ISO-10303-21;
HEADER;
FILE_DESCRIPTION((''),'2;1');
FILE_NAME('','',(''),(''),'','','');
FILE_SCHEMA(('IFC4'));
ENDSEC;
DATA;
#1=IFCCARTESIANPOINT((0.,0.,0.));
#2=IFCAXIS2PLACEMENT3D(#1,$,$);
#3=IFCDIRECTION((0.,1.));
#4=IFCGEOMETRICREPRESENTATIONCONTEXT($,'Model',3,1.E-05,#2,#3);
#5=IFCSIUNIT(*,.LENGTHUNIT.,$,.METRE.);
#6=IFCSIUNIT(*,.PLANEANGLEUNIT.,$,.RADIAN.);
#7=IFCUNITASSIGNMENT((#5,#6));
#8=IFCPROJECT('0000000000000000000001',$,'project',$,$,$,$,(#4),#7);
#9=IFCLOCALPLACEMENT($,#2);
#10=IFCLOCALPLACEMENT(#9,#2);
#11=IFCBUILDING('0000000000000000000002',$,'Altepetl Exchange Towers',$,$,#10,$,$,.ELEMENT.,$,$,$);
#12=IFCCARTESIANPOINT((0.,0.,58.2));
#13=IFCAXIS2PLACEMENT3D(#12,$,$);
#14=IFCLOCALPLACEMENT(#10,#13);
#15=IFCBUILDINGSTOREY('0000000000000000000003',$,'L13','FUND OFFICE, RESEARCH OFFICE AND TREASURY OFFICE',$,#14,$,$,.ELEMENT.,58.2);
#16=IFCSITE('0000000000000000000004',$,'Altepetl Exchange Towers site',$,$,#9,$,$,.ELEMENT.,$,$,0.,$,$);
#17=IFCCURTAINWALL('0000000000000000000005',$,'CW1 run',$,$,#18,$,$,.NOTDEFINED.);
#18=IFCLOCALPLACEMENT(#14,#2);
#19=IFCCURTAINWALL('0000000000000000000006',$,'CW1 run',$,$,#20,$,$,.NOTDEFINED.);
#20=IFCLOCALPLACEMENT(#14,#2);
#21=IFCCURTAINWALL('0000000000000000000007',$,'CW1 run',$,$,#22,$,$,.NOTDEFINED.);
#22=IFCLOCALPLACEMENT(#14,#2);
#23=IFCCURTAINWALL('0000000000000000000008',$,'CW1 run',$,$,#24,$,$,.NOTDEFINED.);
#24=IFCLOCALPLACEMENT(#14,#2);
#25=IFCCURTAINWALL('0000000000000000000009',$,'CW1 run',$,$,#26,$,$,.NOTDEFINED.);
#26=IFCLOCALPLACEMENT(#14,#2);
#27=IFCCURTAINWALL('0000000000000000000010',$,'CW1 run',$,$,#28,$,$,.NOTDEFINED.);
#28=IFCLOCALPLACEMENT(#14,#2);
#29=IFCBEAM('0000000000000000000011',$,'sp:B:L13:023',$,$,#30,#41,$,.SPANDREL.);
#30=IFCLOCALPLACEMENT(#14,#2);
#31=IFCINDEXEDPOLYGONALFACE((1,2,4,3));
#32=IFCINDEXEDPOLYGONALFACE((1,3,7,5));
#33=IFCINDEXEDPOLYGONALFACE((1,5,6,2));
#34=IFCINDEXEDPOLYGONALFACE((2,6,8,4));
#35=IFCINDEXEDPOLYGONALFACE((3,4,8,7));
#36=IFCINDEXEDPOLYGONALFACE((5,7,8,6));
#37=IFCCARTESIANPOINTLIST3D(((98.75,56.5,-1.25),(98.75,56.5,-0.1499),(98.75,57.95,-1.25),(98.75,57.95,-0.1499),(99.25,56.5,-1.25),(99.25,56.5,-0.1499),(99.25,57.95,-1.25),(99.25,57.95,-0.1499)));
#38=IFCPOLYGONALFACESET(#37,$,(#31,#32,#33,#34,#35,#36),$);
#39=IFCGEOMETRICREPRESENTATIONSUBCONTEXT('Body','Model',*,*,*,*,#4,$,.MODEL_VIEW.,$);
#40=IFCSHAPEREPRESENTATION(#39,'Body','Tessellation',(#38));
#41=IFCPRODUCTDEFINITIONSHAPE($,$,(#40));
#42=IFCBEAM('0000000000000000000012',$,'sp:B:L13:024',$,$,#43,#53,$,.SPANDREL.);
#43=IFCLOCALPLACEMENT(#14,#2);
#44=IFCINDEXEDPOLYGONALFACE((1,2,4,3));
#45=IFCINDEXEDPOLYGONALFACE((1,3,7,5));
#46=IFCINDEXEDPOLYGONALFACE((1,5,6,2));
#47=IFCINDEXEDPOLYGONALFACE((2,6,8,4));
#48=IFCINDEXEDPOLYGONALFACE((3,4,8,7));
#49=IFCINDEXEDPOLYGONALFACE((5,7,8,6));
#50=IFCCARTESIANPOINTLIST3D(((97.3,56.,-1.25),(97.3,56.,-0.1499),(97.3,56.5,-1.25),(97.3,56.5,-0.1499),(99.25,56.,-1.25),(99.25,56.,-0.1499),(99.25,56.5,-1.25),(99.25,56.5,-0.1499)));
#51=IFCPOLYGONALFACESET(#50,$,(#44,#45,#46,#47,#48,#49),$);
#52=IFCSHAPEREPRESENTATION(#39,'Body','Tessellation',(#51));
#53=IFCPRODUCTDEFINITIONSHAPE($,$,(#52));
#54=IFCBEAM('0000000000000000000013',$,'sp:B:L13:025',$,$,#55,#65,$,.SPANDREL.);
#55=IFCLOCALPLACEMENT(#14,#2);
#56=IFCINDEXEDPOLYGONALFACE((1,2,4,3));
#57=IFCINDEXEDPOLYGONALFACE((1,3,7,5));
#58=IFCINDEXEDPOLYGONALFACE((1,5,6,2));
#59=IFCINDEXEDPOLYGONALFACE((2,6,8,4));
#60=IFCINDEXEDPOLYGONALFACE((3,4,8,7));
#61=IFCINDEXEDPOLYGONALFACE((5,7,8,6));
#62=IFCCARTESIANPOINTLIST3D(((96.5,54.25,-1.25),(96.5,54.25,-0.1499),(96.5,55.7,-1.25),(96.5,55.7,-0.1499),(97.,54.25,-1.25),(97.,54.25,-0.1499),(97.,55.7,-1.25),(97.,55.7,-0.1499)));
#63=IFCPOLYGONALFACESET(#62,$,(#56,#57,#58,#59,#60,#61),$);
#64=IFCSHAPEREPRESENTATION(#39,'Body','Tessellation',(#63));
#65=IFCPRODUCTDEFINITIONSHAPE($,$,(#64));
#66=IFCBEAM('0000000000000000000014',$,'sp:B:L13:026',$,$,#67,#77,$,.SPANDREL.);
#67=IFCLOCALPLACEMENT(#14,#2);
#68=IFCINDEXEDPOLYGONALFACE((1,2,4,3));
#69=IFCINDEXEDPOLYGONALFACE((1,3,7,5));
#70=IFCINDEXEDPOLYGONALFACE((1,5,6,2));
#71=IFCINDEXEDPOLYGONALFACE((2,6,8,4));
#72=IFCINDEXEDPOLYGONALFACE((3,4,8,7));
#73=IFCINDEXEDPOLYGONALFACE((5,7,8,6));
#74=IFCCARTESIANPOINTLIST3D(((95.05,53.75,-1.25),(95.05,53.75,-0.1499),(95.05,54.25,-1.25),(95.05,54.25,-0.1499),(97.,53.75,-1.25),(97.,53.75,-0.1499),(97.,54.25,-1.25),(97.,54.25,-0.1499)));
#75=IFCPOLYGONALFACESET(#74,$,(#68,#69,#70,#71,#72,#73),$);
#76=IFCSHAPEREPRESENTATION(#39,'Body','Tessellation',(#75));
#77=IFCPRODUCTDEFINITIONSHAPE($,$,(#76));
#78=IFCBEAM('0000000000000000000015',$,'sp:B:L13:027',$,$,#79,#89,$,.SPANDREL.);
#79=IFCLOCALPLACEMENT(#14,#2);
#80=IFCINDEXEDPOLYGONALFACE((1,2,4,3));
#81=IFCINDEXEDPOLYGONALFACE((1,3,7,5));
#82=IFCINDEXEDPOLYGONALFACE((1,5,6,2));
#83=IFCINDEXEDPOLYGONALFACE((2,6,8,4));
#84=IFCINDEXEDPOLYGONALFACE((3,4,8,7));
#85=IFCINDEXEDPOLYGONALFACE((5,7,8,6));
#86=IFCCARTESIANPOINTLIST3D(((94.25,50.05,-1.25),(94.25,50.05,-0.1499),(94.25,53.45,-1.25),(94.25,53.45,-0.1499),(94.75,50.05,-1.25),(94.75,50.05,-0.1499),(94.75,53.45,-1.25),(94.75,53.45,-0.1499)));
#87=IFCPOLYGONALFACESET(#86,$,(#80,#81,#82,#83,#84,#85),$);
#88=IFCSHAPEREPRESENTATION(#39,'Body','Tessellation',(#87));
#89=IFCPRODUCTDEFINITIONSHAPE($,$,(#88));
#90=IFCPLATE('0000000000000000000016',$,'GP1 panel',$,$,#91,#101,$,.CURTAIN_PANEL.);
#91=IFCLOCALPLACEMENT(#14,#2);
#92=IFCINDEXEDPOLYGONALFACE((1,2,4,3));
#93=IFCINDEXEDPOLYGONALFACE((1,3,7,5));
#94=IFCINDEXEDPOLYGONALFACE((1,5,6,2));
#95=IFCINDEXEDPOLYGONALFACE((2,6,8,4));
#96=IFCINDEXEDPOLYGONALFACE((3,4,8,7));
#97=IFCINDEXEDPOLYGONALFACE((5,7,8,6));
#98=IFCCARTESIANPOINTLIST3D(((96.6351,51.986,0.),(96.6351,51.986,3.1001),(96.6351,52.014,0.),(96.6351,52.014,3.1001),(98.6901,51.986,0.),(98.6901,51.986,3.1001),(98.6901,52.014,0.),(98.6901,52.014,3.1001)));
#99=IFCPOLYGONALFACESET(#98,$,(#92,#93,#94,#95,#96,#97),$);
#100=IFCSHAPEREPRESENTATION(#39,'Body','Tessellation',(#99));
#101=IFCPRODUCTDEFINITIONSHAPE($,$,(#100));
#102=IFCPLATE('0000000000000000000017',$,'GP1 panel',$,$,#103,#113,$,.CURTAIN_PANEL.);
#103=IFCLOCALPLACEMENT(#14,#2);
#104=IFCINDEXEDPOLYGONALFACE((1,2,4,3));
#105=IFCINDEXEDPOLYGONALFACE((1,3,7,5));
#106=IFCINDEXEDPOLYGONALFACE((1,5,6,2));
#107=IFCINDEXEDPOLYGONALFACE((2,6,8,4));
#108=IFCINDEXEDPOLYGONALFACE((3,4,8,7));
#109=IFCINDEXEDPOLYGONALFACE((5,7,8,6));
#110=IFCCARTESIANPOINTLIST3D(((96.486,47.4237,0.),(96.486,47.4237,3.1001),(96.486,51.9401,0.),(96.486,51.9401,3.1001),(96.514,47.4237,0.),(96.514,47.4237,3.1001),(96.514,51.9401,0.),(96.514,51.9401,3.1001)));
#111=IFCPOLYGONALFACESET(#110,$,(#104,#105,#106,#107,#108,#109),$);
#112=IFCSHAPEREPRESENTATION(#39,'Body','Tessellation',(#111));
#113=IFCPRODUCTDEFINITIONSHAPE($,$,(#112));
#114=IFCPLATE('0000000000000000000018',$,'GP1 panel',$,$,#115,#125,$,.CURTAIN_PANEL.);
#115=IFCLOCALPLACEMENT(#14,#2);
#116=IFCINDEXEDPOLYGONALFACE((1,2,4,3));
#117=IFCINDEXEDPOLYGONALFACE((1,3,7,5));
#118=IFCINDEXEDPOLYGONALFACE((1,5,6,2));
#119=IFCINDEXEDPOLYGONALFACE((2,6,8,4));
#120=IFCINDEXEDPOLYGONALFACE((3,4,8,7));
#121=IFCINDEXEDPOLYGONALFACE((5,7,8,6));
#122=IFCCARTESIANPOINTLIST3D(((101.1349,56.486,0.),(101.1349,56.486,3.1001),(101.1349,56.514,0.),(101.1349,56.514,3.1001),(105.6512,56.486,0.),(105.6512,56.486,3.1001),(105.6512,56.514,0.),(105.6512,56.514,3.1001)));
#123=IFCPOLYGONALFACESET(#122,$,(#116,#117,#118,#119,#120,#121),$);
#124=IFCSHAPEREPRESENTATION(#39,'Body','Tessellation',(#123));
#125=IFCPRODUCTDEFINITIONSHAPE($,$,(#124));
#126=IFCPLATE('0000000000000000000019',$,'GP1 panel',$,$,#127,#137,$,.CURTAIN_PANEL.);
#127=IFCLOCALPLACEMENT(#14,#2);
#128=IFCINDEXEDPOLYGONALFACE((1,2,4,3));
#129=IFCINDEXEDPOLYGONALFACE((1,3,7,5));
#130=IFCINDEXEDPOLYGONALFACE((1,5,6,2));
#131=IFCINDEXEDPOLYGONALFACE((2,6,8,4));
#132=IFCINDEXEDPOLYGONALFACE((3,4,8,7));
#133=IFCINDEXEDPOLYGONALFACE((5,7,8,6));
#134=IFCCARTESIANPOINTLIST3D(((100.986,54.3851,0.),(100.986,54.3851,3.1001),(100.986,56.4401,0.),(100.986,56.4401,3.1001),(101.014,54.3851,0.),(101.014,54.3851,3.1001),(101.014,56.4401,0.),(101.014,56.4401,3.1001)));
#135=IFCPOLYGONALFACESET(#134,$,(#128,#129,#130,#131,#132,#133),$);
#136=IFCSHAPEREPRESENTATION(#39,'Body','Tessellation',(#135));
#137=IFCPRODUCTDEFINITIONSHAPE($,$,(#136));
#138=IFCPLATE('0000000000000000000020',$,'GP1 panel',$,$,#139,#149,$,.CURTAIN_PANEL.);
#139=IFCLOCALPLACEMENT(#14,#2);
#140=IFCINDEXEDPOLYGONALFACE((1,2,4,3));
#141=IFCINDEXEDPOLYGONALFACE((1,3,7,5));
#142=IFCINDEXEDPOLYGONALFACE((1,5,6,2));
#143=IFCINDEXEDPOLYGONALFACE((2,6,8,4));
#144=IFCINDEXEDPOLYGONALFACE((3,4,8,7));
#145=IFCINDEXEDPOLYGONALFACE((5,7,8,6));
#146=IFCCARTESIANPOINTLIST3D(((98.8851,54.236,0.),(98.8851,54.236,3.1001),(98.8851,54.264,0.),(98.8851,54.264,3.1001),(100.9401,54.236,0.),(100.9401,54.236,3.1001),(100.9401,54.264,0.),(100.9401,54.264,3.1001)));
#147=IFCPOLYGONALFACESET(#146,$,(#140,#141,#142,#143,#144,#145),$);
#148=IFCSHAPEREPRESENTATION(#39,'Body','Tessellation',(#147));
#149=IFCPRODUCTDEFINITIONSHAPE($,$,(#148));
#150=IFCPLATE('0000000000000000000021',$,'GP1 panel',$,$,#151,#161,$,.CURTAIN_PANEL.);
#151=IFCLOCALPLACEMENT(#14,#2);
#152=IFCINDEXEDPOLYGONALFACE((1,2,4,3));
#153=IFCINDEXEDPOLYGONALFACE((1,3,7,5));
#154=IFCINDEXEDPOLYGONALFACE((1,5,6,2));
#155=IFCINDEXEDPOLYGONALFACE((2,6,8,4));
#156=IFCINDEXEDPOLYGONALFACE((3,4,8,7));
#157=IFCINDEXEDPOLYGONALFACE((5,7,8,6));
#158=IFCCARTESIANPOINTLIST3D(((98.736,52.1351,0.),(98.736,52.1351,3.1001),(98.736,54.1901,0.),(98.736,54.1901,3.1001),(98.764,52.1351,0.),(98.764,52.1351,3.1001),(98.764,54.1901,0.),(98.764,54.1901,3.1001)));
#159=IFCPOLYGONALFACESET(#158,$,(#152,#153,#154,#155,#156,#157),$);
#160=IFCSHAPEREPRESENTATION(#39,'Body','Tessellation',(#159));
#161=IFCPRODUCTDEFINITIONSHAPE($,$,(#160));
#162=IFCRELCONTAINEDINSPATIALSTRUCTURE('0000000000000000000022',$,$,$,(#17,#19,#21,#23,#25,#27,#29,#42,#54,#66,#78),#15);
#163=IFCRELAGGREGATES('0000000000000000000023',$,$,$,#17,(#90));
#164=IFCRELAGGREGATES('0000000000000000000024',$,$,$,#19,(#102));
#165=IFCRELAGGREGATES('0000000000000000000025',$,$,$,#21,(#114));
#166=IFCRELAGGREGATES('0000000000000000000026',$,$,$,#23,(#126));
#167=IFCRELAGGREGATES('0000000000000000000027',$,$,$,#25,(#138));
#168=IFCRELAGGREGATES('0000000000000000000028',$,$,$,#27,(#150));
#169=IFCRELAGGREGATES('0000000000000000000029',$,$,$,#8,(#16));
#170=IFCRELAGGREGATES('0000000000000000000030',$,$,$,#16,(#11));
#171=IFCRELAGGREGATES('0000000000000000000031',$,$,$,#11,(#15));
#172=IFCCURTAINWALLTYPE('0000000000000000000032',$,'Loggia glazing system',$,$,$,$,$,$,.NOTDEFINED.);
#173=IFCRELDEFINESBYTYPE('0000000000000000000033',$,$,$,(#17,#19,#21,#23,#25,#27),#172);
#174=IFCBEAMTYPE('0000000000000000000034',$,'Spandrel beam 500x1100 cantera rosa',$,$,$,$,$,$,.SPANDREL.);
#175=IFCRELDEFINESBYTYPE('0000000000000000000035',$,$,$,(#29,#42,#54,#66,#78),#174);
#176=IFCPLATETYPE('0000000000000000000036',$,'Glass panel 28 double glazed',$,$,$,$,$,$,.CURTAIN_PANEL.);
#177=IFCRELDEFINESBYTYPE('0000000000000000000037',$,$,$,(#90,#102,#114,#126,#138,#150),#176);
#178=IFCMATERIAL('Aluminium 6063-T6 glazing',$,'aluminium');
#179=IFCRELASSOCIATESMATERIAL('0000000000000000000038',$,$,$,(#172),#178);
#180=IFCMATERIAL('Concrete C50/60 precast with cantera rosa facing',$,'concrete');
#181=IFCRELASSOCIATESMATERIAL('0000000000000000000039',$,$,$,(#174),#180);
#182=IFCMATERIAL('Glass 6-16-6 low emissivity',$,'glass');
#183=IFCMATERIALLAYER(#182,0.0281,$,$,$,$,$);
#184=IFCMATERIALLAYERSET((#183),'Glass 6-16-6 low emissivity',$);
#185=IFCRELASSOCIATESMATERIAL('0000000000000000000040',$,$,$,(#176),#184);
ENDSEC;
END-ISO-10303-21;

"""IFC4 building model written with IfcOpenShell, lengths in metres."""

from ifc_helpers import new_model, si_unit, direction, frame, origin, origin_2d, place, context, subcontext, project, spatial, rectangle, extrude, material, layer, layer_set, material_profile, profile_set, type_object, element, aggregate, save


model = new_model("IFC4")

# Units and contexts
model_context = context("Model", 3, precision=1e-05, world=origin(), true_north=direction((0.0, 1.0)))
body_context = subcontext(model_context, "Body", "Model", "MODEL_VIEW")
ifc_project = project(units=[si_unit("LENGTHUNIT", "METRE"), si_unit("PLANEANGLEUNIT", "RADIAN")], contexts=[model_context])

# Site, building, storey
site_placement = place(None, origin())
site = spatial("IfcSite", under=ifc_project, at=site_placement, Name="Altepetl Exchange Towers site", CompositionType="ELEMENT", RefElevation=0.0)
building_placement = place(site_placement, origin())
building = spatial("IfcBuilding", under=site, at=building_placement, Name="Altepetl Exchange Towers", CompositionType="ELEMENT")
storey_placement = place(building_placement, frame((0.0, 0.0, 58.2)))
storey = spatial("IfcBuildingStorey", under=building, at=storey_placement, Name="L13", Description="FUND OFFICE, RESEARCH OFFICE AND TREASURY OFFICE", CompositionType="ELEMENT", Elevation=58.2)

# Curtain walls
ifc_material_1 = material(Name="Aluminium 6063-T6 glazing", Category="aluminium")
curtain_wall_type = type_object("IfcCurtainWallType", Name="Loggia glazing system", PredefinedType="NOTDEFINED", material=ifc_material_1)
curtain_wall_1_placement = place(storey_placement, origin())
curtain_wall_1 = element("IfcCurtainWall", 1, at=curtain_wall_1_placement, inside=storey, type_object=curtain_wall_type, Name="CW1 run", PredefinedType="NOTDEFINED")
curtain_wall_2_placement = place(storey_placement, origin())
curtain_wall_2 = element("IfcCurtainWall", 2, at=curtain_wall_2_placement, inside=storey, type_object=curtain_wall_type, Name="CW1 run", PredefinedType="NOTDEFINED")

# Curtain wall
curtain_wall_3_placement = place(storey_placement, origin())
curtain_wall_3 = element("IfcCurtainWall", 3, at=curtain_wall_3_placement, inside=storey, type_object=curtain_wall_type, Name="CW1 run", PredefinedType="NOTDEFINED")

# Curtain walls
curtain_wall_4_placement = place(storey_placement, origin())
curtain_wall_4 = element("IfcCurtainWall", 4, at=curtain_wall_4_placement, inside=storey, type_object=curtain_wall_type, Name="CW1 run", PredefinedType="NOTDEFINED")
curtain_wall_5_placement = place(storey_placement, origin())
curtain_wall_5 = element("IfcCurtainWall", 5, at=curtain_wall_5_placement, inside=storey, type_object=curtain_wall_type, Name="CW1 run", PredefinedType="NOTDEFINED")
curtain_wall_6_placement = place(storey_placement, origin())
curtain_wall_6 = element("IfcCurtainWall", 6, at=curtain_wall_6_placement, inside=storey, type_object=curtain_wall_type, Name="CW1 run", PredefinedType="NOTDEFINED")

# Beams
ifc_material_2 = material(Name="Concrete C50/60 precast with cantera rosa facing", Category="concrete")
ifc_material_profile_1 = material_profile(ifc_material_2, rectangle(XDim=0.5, YDim=1.1001, at=origin_2d()), Name="500 x 1100")
ifc_profile_set_1 = profile_set([ifc_material_profile_1], Name="Concrete C50/60 precast with cantera rosa facing")
beam_type_1 = type_object("IfcBeamType", Name="Spandrel beam 500x1100 cantera rosa", PredefinedType="SPANDREL", material=ifc_profile_set_1)
beam_1_placement = place(storey_placement, frame((99.0, 57.95, -0.7), z_axis=(0.0, -1.0, 0.0), x_axis=(1.0, 0.0, 0.0)))
element("IfcBeam", 7, at=beam_1_placement, inside=storey, type_object=beam_type_1, Name="sp:B:L13:023", PredefinedType="SPANDREL", context=body_context, shape_type="SweptSolid", body=[
    extrude(rectangle(XDim=0.5, YDim=1.1001, at=origin_2d()), origin(), (0.0, 0.0, 1.0), 1.45),
])
beam_2_placement = place(storey_placement, frame((99.25, 56.25, -0.7), z_axis=(-1.0, 0.0, 0.0), x_axis=(0.0, -1.0, 0.0)))
element("IfcBeam", 8, at=beam_2_placement, inside=storey, type_object=beam_type_1, Name="sp:B:L13:024", PredefinedType="SPANDREL", context=body_context, shape_type="SweptSolid", body=[
    extrude(rectangle(XDim=0.5, YDim=1.1001, at=origin_2d()), origin(), (0.0, 0.0, 1.0), 1.95),
])
beam_3_placement = place(storey_placement, frame((96.75, 55.7, -0.7), z_axis=(0.0, -1.0, 0.0), x_axis=(1.0, 0.0, 0.0)))
element("IfcBeam", 9, at=beam_3_placement, inside=storey, type_object=beam_type_1, Name="sp:B:L13:025", PredefinedType="SPANDREL", context=body_context, shape_type="SweptSolid", body=[
    extrude(rectangle(XDim=0.5, YDim=1.1001, at=origin_2d()), origin(), (0.0, 0.0, 1.0), 1.45),
])
beam_4_placement = place(storey_placement, frame((97.0, 54.0, -0.7), z_axis=(-1.0, 0.0, 0.0), x_axis=(0.0, -1.0, 0.0)))
element("IfcBeam", 10, at=beam_4_placement, inside=storey, type_object=beam_type_1, Name="sp:B:L13:026", PredefinedType="SPANDREL", context=body_context, shape_type="SweptSolid", body=[
    extrude(rectangle(XDim=0.5, YDim=1.1001, at=origin_2d()), origin(), (0.0, 0.0, 1.0), 1.95),
])
beam_5_placement = place(storey_placement, frame((94.5, 53.45, -0.7), z_axis=(0.0, -1.0, 0.0), x_axis=(1.0, 0.0, 0.0)))
element("IfcBeam", 11, at=beam_5_placement, inside=storey, type_object=beam_type_1, Name="sp:B:L13:027", PredefinedType="SPANDREL", context=body_context, shape_type="SweptSolid", body=[
    extrude(rectangle(XDim=0.5, YDim=1.1001, at=origin_2d()), origin(), (0.0, 0.0, 1.0), 3.3999),
])

# Plates
ifc_material_3 = material(Name="Glass 6-16-6 low emissivity", Category="glass")
ifc_layer_1 = layer(ifc_material_3, 0.0281)
ifc_layer_set_1 = layer_set([ifc_layer_1], Name="Glass 6-16-6 low emissivity")
plate_type = type_object("IfcPlateType", Name="Glass panel 28 double glazed", PredefinedType="CURTAIN_PANEL", material=ifc_layer_set_1)
plate_1_placement = place(storey_placement, frame((97.6626, 52.0, 0.0), z_axis=(0.0, 0.0, 1.0), x_axis=(-1.0, 0.0, 0.0)))
plate_1 = element("IfcPlate", 12, at=plate_1_placement, type_object=plate_type, Name="GP1 panel", PredefinedType="CURTAIN_PANEL", context=body_context, shape_type="SweptSolid", body=[
    extrude(rectangle(XDim=2.0549, YDim=0.0281, at=origin_2d()), origin(), (0.0, 0.0, 1.0), 3.1001),
])
aggregate(curtain_wall_1, [plate_1])
plate_2_placement = place(storey_placement, frame((96.5, 49.6819, 0.0), z_axis=(0.0, 0.0, 1.0), x_axis=(0.0, -1.0, 0.0)))
plate_2 = element("IfcPlate", 13, at=plate_2_placement, type_object=plate_type, Name="GP1 panel", PredefinedType="CURTAIN_PANEL", context=body_context, shape_type="SweptSolid", body=[
    extrude(rectangle(XDim=4.5164, YDim=0.0281, at=origin_2d()), origin(), (0.0, 0.0, 1.0), 3.1001),
])
aggregate(curtain_wall_2, [plate_2])
plate_3_placement = place(storey_placement, frame((103.3931, 56.5, 0.0), z_axis=(0.0, 0.0, 1.0), x_axis=(-1.0, 0.0, 0.0)))
plate_3 = element("IfcPlate", 14, at=plate_3_placement, type_object=plate_type, Name="GP1 panel", PredefinedType="CURTAIN_PANEL", context=body_context, shape_type="SweptSolid", body=[
    extrude(rectangle(XDim=4.5164, YDim=0.0281, at=origin_2d()), origin(), (0.0, 0.0, 1.0), 3.1001),
])
aggregate(curtain_wall_3, [plate_3])
plate_4_placement = place(storey_placement, frame((101.0, 55.4126, 0.0), z_axis=(0.0, 0.0, 1.0), x_axis=(0.0, -1.0, 0.0)))
plate_4 = element("IfcPlate", 15, at=plate_4_placement, type_object=plate_type, Name="GP1 panel", PredefinedType="CURTAIN_PANEL", context=body_context, shape_type="SweptSolid", body=[
    extrude(rectangle(XDim=2.0549, YDim=0.0281, at=origin_2d()), origin(), (0.0, 0.0, 1.0), 3.1001),
])
aggregate(curtain_wall_4, [plate_4])
plate_5_placement = place(storey_placement, frame((99.9126, 54.25, 0.0), z_axis=(0.0, 0.0, 1.0), x_axis=(-1.0, 0.0, 0.0)))
plate_5 = element("IfcPlate", 16, at=plate_5_placement, type_object=plate_type, Name="GP1 panel", PredefinedType="CURTAIN_PANEL", context=body_context, shape_type="SweptSolid", body=[
    extrude(rectangle(XDim=2.0549, YDim=0.0281, at=origin_2d()), origin(), (0.0, 0.0, 1.0), 3.1001),
])
aggregate(curtain_wall_5, [plate_5])
plate_6_placement = place(storey_placement, frame((98.75, 53.1626, 0.0), z_axis=(0.0, 0.0, 1.0), x_axis=(0.0, -1.0, 0.0)))
plate_6 = element("IfcPlate", 17, at=plate_6_placement, type_object=plate_type, Name="GP1 panel", PredefinedType="CURTAIN_PANEL", context=body_context, shape_type="SweptSolid", body=[
    extrude(rectangle(XDim=2.0549, YDim=0.0281, at=origin_2d()), origin(), (0.0, 0.0, 1.0), 3.1001),
])
aggregate(curtain_wall_6, [plate_6])

save(model, "model.ifc")
